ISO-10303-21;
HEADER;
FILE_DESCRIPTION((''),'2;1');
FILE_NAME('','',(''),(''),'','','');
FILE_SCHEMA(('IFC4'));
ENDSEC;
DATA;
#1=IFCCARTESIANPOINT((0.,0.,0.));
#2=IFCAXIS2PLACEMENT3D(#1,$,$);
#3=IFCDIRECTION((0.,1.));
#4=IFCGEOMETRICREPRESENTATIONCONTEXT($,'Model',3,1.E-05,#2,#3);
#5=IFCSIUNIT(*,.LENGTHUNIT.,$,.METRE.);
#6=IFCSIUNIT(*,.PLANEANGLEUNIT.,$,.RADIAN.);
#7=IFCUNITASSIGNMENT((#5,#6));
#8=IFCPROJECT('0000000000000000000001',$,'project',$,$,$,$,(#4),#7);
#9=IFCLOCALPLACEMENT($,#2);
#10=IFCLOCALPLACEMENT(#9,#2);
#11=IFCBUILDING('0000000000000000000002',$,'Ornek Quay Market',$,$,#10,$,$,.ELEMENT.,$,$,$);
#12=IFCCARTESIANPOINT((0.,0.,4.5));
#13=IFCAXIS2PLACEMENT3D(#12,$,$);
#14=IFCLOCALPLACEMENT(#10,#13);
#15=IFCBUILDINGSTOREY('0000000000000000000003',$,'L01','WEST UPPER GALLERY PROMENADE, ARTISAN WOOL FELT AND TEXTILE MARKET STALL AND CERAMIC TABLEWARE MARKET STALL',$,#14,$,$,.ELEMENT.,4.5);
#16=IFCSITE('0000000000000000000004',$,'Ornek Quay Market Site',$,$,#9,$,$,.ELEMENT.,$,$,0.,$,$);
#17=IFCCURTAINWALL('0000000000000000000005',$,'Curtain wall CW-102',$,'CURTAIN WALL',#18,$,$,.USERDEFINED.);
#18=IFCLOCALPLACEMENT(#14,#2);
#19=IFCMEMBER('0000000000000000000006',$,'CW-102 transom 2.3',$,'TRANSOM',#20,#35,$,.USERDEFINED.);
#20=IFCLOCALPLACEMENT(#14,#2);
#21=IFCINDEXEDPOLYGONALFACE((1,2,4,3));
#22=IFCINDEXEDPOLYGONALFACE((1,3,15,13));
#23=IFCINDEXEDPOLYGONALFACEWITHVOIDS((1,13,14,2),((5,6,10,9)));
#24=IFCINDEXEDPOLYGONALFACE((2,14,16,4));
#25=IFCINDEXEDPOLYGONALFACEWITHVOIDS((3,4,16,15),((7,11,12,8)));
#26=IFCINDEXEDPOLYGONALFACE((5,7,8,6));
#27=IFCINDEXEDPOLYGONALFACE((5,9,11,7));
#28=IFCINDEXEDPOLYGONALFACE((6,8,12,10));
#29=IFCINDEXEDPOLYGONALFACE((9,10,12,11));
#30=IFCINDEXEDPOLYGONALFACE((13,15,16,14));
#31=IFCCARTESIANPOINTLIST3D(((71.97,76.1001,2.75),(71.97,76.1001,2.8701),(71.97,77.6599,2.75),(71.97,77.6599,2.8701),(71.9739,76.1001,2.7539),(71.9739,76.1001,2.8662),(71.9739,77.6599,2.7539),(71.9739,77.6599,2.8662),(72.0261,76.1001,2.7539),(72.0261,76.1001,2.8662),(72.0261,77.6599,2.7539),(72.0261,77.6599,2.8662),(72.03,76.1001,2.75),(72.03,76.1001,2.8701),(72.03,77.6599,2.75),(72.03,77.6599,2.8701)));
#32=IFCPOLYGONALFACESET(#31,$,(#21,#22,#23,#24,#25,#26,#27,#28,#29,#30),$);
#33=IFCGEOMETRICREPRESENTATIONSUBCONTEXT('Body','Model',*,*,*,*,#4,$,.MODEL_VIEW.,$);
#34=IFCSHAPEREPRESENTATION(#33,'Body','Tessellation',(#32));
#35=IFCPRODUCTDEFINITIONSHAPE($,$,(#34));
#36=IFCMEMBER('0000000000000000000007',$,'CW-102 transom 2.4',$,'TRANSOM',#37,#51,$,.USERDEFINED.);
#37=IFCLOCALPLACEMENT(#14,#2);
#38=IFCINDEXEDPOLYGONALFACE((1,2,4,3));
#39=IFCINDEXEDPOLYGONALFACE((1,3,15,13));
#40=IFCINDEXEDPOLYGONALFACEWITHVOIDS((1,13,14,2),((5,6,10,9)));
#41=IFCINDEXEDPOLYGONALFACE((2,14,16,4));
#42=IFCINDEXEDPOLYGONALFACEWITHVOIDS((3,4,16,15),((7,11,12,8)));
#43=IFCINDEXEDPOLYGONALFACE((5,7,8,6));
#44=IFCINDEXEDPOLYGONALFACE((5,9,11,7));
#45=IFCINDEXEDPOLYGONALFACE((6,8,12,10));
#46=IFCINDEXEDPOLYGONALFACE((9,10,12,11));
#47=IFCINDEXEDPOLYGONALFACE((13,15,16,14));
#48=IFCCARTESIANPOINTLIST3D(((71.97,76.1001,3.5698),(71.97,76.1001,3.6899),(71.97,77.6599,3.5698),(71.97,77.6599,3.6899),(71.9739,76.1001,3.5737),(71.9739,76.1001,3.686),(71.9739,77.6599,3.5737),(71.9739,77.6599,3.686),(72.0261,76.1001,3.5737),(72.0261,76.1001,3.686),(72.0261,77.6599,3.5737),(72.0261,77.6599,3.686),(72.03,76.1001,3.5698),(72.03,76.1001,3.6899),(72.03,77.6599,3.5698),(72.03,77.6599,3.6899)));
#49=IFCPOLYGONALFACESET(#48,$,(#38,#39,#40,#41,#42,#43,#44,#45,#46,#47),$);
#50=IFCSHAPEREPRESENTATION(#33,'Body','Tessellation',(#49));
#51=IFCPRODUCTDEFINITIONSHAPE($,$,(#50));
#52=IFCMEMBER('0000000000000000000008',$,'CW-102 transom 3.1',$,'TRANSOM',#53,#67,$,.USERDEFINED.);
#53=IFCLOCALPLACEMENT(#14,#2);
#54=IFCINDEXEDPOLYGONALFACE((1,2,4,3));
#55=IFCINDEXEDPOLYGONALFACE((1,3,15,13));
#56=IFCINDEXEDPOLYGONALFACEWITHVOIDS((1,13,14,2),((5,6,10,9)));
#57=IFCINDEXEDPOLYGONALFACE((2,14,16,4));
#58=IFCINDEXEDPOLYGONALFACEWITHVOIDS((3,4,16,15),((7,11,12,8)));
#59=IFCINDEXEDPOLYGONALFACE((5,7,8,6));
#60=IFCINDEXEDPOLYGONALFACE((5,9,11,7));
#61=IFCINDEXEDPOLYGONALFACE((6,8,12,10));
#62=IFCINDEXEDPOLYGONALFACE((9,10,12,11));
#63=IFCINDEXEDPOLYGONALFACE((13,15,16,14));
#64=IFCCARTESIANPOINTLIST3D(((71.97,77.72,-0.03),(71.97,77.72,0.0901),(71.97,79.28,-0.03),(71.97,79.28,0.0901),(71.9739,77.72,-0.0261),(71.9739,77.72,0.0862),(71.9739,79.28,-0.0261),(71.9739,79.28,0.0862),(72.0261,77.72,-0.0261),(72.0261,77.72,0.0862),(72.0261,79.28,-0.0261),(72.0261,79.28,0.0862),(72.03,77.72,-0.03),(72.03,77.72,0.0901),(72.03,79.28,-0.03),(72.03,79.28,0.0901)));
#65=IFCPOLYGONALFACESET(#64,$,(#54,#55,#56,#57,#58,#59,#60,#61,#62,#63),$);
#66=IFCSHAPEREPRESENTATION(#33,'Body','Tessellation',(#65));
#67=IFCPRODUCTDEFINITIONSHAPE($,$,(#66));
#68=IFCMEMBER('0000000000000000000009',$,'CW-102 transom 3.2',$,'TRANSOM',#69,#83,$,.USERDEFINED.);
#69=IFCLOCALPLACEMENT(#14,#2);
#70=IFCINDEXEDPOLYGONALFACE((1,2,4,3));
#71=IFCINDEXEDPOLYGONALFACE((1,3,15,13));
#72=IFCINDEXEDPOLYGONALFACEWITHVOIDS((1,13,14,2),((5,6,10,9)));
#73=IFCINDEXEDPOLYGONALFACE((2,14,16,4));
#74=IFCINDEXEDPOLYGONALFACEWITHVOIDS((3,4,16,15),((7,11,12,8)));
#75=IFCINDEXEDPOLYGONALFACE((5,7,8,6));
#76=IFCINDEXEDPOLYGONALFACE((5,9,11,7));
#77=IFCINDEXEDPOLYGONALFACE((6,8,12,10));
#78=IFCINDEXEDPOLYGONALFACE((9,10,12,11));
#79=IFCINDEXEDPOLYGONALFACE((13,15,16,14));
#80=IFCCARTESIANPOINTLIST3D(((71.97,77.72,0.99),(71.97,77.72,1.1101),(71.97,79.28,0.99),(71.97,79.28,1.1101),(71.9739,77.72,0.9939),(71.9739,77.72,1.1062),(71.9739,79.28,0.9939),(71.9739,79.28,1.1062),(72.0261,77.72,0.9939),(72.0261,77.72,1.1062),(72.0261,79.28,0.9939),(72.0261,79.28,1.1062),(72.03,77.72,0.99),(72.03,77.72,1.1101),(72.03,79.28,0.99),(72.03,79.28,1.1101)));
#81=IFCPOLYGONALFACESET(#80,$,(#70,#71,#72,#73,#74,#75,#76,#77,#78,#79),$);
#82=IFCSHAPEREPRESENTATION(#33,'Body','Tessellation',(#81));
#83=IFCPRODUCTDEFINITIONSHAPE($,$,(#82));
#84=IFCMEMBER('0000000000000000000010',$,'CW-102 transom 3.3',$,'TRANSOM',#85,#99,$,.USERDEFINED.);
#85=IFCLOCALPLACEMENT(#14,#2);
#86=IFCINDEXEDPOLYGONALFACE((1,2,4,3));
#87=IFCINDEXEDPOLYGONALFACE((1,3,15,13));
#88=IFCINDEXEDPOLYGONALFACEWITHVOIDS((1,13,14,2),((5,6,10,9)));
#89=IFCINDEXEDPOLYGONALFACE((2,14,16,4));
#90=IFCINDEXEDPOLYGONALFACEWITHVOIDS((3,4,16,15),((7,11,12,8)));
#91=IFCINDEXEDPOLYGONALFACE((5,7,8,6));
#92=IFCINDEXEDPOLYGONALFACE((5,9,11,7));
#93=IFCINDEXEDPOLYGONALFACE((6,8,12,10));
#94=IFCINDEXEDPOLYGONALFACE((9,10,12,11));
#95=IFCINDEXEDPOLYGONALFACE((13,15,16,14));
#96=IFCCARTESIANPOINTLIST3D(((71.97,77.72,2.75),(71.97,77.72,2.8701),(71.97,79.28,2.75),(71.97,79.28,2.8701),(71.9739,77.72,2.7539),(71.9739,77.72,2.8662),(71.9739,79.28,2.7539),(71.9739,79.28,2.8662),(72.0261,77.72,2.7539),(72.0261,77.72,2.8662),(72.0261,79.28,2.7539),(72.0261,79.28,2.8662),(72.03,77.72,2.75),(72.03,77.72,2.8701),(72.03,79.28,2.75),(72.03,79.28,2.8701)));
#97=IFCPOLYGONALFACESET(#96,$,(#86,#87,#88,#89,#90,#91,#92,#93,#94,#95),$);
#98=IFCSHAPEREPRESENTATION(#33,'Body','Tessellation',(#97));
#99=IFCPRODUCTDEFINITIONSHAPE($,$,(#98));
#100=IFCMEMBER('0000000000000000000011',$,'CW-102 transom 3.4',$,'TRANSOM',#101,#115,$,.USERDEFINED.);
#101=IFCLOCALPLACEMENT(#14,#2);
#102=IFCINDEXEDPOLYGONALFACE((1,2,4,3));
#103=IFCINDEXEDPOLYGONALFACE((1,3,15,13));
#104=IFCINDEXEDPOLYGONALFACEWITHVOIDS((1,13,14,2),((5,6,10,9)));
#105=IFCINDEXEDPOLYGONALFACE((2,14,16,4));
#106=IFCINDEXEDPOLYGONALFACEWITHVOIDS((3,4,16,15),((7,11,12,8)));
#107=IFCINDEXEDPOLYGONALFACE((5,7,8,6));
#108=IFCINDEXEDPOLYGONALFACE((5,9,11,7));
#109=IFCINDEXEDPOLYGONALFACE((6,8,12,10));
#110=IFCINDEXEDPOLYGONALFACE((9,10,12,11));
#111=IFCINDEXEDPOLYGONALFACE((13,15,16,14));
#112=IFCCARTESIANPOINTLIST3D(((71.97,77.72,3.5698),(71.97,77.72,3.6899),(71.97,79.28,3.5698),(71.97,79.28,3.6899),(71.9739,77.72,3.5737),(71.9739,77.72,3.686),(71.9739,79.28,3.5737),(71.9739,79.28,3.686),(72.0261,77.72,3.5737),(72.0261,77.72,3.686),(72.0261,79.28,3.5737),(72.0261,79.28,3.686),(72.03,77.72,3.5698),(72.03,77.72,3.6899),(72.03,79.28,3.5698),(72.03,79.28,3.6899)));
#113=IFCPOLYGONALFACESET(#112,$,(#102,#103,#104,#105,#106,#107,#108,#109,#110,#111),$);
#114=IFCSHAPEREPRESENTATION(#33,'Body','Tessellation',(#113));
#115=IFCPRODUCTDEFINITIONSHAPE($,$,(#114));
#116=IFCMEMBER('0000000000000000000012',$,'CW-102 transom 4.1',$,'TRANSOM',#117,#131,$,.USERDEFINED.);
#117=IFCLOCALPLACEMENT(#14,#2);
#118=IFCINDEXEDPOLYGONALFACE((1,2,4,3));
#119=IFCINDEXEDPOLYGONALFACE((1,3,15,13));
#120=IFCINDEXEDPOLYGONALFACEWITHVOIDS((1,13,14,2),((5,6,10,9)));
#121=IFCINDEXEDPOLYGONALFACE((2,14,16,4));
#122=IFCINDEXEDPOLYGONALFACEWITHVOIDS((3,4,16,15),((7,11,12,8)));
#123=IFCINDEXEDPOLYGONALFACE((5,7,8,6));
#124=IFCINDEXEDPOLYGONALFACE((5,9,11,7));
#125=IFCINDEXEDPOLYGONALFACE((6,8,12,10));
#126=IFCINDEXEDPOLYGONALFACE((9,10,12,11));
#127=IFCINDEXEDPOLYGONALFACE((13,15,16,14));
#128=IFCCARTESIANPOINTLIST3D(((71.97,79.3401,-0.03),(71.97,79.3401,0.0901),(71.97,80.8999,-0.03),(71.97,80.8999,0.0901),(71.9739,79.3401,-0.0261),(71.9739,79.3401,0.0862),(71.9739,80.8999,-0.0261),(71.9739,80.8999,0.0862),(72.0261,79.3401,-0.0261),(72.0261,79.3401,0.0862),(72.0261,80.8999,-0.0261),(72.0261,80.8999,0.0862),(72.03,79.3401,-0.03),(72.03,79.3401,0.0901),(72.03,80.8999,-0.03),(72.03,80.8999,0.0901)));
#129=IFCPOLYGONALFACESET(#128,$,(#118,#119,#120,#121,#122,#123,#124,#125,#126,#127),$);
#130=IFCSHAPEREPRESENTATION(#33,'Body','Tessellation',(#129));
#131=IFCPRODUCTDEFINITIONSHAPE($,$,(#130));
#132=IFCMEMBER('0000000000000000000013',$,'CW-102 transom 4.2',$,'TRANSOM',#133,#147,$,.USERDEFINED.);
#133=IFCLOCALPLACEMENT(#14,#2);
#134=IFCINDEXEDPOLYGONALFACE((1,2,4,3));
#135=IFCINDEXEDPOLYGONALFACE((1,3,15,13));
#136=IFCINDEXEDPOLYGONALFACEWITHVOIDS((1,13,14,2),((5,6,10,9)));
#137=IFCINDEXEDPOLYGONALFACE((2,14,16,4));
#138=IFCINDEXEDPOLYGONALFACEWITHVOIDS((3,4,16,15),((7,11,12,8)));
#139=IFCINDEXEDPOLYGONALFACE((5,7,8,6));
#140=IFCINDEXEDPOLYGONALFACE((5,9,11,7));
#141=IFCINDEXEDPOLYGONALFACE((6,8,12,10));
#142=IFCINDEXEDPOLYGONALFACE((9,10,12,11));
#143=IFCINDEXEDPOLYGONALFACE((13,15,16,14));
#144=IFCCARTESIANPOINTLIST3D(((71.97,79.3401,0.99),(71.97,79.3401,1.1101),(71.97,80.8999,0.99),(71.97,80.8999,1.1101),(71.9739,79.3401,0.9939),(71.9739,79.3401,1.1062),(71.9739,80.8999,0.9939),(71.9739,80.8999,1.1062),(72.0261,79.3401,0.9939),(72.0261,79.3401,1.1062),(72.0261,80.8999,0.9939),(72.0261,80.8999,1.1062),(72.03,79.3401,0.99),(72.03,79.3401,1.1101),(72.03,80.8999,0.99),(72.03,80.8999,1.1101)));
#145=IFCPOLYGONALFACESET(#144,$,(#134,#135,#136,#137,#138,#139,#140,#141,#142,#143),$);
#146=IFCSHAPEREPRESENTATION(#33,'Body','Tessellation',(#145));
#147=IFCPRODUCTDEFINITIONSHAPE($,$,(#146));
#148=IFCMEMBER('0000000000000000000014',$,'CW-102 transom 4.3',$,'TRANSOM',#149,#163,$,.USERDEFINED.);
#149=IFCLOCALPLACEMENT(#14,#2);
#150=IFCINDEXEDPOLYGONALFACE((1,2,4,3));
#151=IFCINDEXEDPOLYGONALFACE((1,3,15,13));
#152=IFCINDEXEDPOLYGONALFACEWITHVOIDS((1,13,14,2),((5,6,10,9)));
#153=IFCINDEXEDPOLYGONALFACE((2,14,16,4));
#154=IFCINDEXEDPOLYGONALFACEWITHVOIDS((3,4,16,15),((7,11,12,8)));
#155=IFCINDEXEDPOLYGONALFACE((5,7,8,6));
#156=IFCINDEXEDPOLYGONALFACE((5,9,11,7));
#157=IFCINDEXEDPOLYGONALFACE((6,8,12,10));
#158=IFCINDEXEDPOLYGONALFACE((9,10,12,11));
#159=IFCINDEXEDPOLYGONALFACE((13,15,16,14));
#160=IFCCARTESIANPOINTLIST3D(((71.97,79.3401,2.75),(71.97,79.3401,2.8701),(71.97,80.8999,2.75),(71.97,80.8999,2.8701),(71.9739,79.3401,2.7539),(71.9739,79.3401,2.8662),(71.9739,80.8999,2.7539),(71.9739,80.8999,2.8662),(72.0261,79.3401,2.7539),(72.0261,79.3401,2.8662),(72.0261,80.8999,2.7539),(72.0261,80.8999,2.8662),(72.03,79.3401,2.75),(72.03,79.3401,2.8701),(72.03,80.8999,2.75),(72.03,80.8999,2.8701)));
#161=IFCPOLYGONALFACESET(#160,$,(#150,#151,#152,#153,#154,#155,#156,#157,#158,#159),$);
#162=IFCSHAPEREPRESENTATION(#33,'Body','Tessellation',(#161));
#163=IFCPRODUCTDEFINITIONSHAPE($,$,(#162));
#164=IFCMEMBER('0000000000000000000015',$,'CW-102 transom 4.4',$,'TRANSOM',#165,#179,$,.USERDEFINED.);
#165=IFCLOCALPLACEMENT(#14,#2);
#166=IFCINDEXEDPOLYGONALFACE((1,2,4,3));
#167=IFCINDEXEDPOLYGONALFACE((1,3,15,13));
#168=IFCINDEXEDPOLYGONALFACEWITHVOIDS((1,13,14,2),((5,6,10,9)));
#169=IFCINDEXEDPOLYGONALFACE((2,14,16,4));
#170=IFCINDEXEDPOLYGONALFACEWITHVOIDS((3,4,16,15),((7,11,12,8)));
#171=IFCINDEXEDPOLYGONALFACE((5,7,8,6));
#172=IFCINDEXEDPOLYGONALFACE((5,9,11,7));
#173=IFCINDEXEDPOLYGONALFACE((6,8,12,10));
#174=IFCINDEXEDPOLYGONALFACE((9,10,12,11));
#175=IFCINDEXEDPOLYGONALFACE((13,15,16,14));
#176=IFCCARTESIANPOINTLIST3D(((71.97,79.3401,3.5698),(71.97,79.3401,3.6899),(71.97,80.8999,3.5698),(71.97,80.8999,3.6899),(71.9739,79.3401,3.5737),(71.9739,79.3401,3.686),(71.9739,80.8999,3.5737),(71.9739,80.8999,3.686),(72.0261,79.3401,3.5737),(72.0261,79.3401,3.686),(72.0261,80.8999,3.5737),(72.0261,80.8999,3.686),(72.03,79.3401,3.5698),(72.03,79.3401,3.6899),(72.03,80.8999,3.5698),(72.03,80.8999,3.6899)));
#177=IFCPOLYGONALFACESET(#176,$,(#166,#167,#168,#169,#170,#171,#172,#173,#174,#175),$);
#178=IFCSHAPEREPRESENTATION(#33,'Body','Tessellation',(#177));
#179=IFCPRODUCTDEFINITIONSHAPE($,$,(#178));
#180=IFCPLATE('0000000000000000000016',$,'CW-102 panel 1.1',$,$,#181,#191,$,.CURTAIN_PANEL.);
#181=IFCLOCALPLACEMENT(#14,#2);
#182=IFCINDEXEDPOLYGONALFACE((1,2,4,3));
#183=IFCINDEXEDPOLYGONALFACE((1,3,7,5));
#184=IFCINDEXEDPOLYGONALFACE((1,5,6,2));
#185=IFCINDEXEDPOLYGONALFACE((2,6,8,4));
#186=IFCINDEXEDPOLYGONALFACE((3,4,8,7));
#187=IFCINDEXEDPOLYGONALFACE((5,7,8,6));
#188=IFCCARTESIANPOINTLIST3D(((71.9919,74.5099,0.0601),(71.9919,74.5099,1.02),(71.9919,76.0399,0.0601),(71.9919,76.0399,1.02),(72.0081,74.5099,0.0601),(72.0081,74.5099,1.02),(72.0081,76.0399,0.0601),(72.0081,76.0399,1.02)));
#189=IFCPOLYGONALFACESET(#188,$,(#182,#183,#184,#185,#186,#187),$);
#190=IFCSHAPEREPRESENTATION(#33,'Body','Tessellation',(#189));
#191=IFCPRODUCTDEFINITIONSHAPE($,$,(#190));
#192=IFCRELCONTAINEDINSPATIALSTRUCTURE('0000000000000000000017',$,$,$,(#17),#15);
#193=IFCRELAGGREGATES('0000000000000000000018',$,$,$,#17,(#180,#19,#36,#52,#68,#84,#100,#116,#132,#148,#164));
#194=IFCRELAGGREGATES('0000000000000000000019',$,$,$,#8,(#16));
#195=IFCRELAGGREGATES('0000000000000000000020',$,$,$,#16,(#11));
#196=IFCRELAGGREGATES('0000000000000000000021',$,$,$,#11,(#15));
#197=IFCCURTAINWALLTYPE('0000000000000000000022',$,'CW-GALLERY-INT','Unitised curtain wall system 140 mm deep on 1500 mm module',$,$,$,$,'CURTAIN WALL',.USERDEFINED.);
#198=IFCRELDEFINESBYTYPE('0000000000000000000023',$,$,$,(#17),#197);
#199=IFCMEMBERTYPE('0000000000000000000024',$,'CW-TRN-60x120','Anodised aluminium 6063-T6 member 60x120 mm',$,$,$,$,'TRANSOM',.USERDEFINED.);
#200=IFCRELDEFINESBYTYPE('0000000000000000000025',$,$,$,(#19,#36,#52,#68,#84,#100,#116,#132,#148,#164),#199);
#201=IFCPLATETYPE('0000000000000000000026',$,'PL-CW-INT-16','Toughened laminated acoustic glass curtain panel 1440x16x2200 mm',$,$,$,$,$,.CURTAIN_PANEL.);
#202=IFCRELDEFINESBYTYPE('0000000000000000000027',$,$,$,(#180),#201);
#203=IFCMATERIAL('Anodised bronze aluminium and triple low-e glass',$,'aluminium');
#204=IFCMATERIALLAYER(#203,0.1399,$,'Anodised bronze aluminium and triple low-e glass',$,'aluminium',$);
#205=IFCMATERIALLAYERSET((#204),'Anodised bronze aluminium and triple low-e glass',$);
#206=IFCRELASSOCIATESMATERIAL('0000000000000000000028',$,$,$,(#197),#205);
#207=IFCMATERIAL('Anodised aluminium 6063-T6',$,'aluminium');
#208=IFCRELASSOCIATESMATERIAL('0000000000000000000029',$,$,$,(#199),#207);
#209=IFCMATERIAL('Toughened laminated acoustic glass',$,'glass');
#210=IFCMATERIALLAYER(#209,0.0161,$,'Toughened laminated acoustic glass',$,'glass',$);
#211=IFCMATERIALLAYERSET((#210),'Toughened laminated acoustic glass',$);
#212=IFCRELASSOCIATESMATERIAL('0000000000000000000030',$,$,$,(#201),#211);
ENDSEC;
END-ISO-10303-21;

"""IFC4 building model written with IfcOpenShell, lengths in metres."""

from ifc_helpers import new_model, si_unit, direction, frame, origin, origin_2d, place, context, subcontext, project, spatial, rectangle, hollow_rectangle, extrude, material, layer, layer_set, material_profile, profile_set, type_object, element, aggregate, save


model = new_model("IFC4")

# Units and contexts
model_context = context("Model", 3, precision=1e-05, world=origin(), true_north=direction((0.0, 1.0)))
body_context = subcontext(model_context, "Body", "Model", "MODEL_VIEW")
ifc_project = project(units=[si_unit("LENGTHUNIT", "METRE"), si_unit("PLANEANGLEUNIT", "RADIAN")], contexts=[model_context])

# Site, building, storey
site_placement = place(None, origin())
site = spatial("IfcSite", under=ifc_project, at=site_placement, Name="Ornek Quay Market Site", CompositionType="ELEMENT", RefElevation=0.0)
building_placement = place(site_placement, origin())
building = spatial("IfcBuilding", under=site, at=building_placement, Name="Ornek Quay Market", CompositionType="ELEMENT")
storey_placement = place(building_placement, frame((0.0, 0.0, 4.5)))
storey = spatial("IfcBuildingStorey", under=building, at=storey_placement, Name="L01", Description="WEST UPPER GALLERY PROMENADE, ARTISAN WOOL FELT AND TEXTILE MARKET STALL AND CERAMIC TABLEWARE MARKET STALL", CompositionType="ELEMENT", Elevation=4.5)

# Curtain wall, members, plate
ifc_material_1 = material(Name="Anodised bronze aluminium and triple low-e glass", Category="aluminium")
ifc_layer_1 = layer(ifc_material_1, 0.1399, Name="Anodised bronze aluminium and triple low-e glass", Category="aluminium")
ifc_layer_set_1 = layer_set([ifc_layer_1], Name="Anodised bronze aluminium and triple low-e glass")
curtain_wall_type = type_object("IfcCurtainWallType", Name="CW-GALLERY-INT", Description="Unitised curtain wall system 140 mm deep on 1500 mm module", ElementType="CURTAIN WALL", PredefinedType="USERDEFINED", material=ifc_layer_set_1)
curtain_wall_placement = place(storey_placement, origin())
curtain_wall = element("IfcCurtainWall", 1, at=curtain_wall_placement, inside=storey, type_object=curtain_wall_type, Name="Curtain wall CW-102", ObjectType="CURTAIN WALL", PredefinedType="USERDEFINED")
ifc_material_2 = material(Name="Anodised aluminium 6063-T6", Category="aluminium")
ifc_material_profile_1 = material_profile(ifc_material_2, hollow_rectangle(XDim=0.0601, YDim=0.1201, WallThickness=0.0039, at=origin_2d()), Name="CW-TRN-60x120", Category="aluminium")
ifc_profile_set_1 = profile_set([ifc_material_profile_1], Name="Anodised aluminium 6063-T6")
member_type_1 = type_object("IfcMemberType", Name="CW-TRN-60x120", Description="Anodised aluminium 6063-T6 member 60x120 mm", ElementType="TRANSOM", PredefinedType="USERDEFINED", material=ifc_profile_set_1)
member_1_placement = place(storey_placement, frame((72.0, 76.1001, 2.8101), z_axis=(0.0, 1.0, 0.0), x_axis=(-1.0, 0.0, 0.0)))
member_1 = element("IfcMember", 2, at=member_1_placement, type_object=member_type_1, Name="CW-102 transom 2.3", ObjectType="TRANSOM", PredefinedType="USERDEFINED", context=body_context, shape_type="SweptSolid", body=[
    extrude(hollow_rectangle(XDim=0.0601, YDim=0.1201, WallThickness=0.0039, at=origin_2d()), origin(), (0.0, 0.0, 1.0), 1.5598),
])
member_2_placement = place(storey_placement, frame((72.0, 76.1001, 3.6299), z_axis=(0.0, 1.0, 0.0), x_axis=(-1.0, 0.0, 0.0)))
member_2 = element("IfcMember", 3, at=member_2_placement, type_object=member_type_1, Name="CW-102 transom 2.4", ObjectType="TRANSOM", PredefinedType="USERDEFINED", context=body_context, shape_type="SweptSolid", body=[
    extrude(hollow_rectangle(XDim=0.0601, YDim=0.1201, WallThickness=0.0039, at=origin_2d()), origin(), (0.0, 0.0, 1.0), 1.5598),
])
member_3_placement = place(storey_placement, frame((72.0, 77.72, 0.03), z_axis=(0.0, 1.0, 0.0), x_axis=(-1.0, 0.0, 0.0)))
member_3 = element("IfcMember", 4, at=member_3_placement, type_object=member_type_1, Name="CW-102 transom 3.1", ObjectType="TRANSOM", PredefinedType="USERDEFINED", context=body_context, shape_type="SweptSolid", body=[
    extrude(hollow_rectangle(XDim=0.0601, YDim=0.1201, WallThickness=0.0039, at=origin_2d()), origin(), (0.0, 0.0, 1.0), 1.5601),
])
member_4_placement = place(storey_placement, frame((72.0, 77.72, 1.05), z_axis=(0.0, 1.0, 0.0), x_axis=(-1.0, 0.0, 0.0)))
member_4 = element("IfcMember", 5, at=member_4_placement, type_object=member_type_1, Name="CW-102 transom 3.2", ObjectType="TRANSOM", PredefinedType="USERDEFINED", context=body_context, shape_type="SweptSolid", body=[
    extrude(hollow_rectangle(XDim=0.0601, YDim=0.1201, WallThickness=0.0039, at=origin_2d()), origin(), (0.0, 0.0, 1.0), 1.5601),
])
member_5_placement = place(storey_placement, frame((72.0, 77.72, 2.8101), z_axis=(0.0, 1.0, 0.0), x_axis=(-1.0, 0.0, 0.0)))
member_5 = element("IfcMember", 6, at=member_5_placement, type_object=member_type_1, Name="CW-102 transom 3.3", ObjectType="TRANSOM", PredefinedType="USERDEFINED", context=body_context, shape_type="SweptSolid", body=[
    extrude(hollow_rectangle(XDim=0.0601, YDim=0.1201, WallThickness=0.0039, at=origin_2d()), origin(), (0.0, 0.0, 1.0), 1.5601),
])
member_6_placement = place(storey_placement, frame((72.0, 77.72, 3.6299), z_axis=(0.0, 1.0, 0.0), x_axis=(-1.0, 0.0, 0.0)))
member_6 = element("IfcMember", 7, at=member_6_placement, type_object=member_type_1, Name="CW-102 transom 3.4", ObjectType="TRANSOM", PredefinedType="USERDEFINED", context=body_context, shape_type="SweptSolid", body=[
    extrude(hollow_rectangle(XDim=0.0601, YDim=0.1201, WallThickness=0.0039, at=origin_2d()), origin(), (0.0, 0.0, 1.0), 1.5601),
])
member_7_placement = place(storey_placement, frame((72.0, 79.3401, 0.03), z_axis=(0.0, 1.0, 0.0), x_axis=(-1.0, 0.0, 0.0)))
member_7 = element("IfcMember", 8, at=member_7_placement, type_object=member_type_1, Name="CW-102 transom 4.1", ObjectType="TRANSOM", PredefinedType="USERDEFINED", context=body_context, shape_type="SweptSolid", body=[
    extrude(hollow_rectangle(XDim=0.0601, YDim=0.1201, WallThickness=0.0039, at=origin_2d()), origin(), (0.0, 0.0, 1.0), 1.5598),
])
member_8_placement = place(storey_placement, frame((72.0, 79.3401, 1.05), z_axis=(0.0, 1.0, 0.0), x_axis=(-1.0, 0.0, 0.0)))
member_8 = element("IfcMember", 9, at=member_8_placement, type_object=member_type_1, Name="CW-102 transom 4.2", ObjectType="TRANSOM", PredefinedType="USERDEFINED", context=body_context, shape_type="SweptSolid", body=[
    extrude(hollow_rectangle(XDim=0.0601, YDim=0.1201, WallThickness=0.0039, at=origin_2d()), origin(), (0.0, 0.0, 1.0), 1.5598),
])
member_9_placement = place(storey_placement, frame((72.0, 79.3401, 2.8101), z_axis=(0.0, 1.0, 0.0), x_axis=(-1.0, 0.0, 0.0)))
member_9 = element("IfcMember", 10, at=member_9_placement, type_object=member_type_1, Name="CW-102 transom 4.3", ObjectType="TRANSOM", PredefinedType="USERDEFINED", context=body_context, shape_type="SweptSolid", body=[
    extrude(hollow_rectangle(XDim=0.0601, YDim=0.1201, WallThickness=0.0039, at=origin_2d()), origin(), (0.0, 0.0, 1.0), 1.5598),
])
member_10_placement = place(storey_placement, frame((72.0, 79.3401, 3.6299), z_axis=(0.0, 1.0, 0.0), x_axis=(-1.0, 0.0, 0.0)))
member_10 = element("IfcMember", 11, at=member_10_placement, type_object=member_type_1, Name="CW-102 transom 4.4", ObjectType="TRANSOM", PredefinedType="USERDEFINED", context=body_context, shape_type="SweptSolid", body=[
    extrude(hollow_rectangle(XDim=0.0601, YDim=0.1201, WallThickness=0.0039, at=origin_2d()), origin(), (0.0, 0.0, 1.0), 1.5598),
])
ifc_material_3 = material(Name="Toughened laminated acoustic glass", Category="glass")
ifc_layer_2 = layer(ifc_material_3, 0.0161, Name="Toughened laminated acoustic glass", Category="glass")
ifc_layer_set_2 = layer_set([ifc_layer_2], Name="Toughened laminated acoustic glass")
plate_type = type_object("IfcPlateType", Name="PL-CW-INT-16", Description="Toughened laminated acoustic glass curtain panel 1440x16x2200 mm", PredefinedType="CURTAIN_PANEL", material=ifc_layer_set_2)
plate_1_placement = place(storey_placement, frame((72.0, 75.2749, 0.0601), z_axis=(0.0, 0.0, 1.0), x_axis=(0.0, 1.0, 0.0)))
plate_1 = element("IfcPlate", 12, at=plate_1_placement, type_object=plate_type, Name="CW-102 panel 1.1", PredefinedType="CURTAIN_PANEL", context=body_context, shape_type="SweptSolid", body=[
    extrude(rectangle(XDim=1.53, YDim=0.0161, at=origin_2d()), origin(), (0.0, 0.0, 1.0), 0.96),
])
aggregate(curtain_wall, [plate_1, member_1, member_2, member_3, member_4, member_5, member_6, member_7, member_8, member_9, member_10])

save(model, "model.ifc")
